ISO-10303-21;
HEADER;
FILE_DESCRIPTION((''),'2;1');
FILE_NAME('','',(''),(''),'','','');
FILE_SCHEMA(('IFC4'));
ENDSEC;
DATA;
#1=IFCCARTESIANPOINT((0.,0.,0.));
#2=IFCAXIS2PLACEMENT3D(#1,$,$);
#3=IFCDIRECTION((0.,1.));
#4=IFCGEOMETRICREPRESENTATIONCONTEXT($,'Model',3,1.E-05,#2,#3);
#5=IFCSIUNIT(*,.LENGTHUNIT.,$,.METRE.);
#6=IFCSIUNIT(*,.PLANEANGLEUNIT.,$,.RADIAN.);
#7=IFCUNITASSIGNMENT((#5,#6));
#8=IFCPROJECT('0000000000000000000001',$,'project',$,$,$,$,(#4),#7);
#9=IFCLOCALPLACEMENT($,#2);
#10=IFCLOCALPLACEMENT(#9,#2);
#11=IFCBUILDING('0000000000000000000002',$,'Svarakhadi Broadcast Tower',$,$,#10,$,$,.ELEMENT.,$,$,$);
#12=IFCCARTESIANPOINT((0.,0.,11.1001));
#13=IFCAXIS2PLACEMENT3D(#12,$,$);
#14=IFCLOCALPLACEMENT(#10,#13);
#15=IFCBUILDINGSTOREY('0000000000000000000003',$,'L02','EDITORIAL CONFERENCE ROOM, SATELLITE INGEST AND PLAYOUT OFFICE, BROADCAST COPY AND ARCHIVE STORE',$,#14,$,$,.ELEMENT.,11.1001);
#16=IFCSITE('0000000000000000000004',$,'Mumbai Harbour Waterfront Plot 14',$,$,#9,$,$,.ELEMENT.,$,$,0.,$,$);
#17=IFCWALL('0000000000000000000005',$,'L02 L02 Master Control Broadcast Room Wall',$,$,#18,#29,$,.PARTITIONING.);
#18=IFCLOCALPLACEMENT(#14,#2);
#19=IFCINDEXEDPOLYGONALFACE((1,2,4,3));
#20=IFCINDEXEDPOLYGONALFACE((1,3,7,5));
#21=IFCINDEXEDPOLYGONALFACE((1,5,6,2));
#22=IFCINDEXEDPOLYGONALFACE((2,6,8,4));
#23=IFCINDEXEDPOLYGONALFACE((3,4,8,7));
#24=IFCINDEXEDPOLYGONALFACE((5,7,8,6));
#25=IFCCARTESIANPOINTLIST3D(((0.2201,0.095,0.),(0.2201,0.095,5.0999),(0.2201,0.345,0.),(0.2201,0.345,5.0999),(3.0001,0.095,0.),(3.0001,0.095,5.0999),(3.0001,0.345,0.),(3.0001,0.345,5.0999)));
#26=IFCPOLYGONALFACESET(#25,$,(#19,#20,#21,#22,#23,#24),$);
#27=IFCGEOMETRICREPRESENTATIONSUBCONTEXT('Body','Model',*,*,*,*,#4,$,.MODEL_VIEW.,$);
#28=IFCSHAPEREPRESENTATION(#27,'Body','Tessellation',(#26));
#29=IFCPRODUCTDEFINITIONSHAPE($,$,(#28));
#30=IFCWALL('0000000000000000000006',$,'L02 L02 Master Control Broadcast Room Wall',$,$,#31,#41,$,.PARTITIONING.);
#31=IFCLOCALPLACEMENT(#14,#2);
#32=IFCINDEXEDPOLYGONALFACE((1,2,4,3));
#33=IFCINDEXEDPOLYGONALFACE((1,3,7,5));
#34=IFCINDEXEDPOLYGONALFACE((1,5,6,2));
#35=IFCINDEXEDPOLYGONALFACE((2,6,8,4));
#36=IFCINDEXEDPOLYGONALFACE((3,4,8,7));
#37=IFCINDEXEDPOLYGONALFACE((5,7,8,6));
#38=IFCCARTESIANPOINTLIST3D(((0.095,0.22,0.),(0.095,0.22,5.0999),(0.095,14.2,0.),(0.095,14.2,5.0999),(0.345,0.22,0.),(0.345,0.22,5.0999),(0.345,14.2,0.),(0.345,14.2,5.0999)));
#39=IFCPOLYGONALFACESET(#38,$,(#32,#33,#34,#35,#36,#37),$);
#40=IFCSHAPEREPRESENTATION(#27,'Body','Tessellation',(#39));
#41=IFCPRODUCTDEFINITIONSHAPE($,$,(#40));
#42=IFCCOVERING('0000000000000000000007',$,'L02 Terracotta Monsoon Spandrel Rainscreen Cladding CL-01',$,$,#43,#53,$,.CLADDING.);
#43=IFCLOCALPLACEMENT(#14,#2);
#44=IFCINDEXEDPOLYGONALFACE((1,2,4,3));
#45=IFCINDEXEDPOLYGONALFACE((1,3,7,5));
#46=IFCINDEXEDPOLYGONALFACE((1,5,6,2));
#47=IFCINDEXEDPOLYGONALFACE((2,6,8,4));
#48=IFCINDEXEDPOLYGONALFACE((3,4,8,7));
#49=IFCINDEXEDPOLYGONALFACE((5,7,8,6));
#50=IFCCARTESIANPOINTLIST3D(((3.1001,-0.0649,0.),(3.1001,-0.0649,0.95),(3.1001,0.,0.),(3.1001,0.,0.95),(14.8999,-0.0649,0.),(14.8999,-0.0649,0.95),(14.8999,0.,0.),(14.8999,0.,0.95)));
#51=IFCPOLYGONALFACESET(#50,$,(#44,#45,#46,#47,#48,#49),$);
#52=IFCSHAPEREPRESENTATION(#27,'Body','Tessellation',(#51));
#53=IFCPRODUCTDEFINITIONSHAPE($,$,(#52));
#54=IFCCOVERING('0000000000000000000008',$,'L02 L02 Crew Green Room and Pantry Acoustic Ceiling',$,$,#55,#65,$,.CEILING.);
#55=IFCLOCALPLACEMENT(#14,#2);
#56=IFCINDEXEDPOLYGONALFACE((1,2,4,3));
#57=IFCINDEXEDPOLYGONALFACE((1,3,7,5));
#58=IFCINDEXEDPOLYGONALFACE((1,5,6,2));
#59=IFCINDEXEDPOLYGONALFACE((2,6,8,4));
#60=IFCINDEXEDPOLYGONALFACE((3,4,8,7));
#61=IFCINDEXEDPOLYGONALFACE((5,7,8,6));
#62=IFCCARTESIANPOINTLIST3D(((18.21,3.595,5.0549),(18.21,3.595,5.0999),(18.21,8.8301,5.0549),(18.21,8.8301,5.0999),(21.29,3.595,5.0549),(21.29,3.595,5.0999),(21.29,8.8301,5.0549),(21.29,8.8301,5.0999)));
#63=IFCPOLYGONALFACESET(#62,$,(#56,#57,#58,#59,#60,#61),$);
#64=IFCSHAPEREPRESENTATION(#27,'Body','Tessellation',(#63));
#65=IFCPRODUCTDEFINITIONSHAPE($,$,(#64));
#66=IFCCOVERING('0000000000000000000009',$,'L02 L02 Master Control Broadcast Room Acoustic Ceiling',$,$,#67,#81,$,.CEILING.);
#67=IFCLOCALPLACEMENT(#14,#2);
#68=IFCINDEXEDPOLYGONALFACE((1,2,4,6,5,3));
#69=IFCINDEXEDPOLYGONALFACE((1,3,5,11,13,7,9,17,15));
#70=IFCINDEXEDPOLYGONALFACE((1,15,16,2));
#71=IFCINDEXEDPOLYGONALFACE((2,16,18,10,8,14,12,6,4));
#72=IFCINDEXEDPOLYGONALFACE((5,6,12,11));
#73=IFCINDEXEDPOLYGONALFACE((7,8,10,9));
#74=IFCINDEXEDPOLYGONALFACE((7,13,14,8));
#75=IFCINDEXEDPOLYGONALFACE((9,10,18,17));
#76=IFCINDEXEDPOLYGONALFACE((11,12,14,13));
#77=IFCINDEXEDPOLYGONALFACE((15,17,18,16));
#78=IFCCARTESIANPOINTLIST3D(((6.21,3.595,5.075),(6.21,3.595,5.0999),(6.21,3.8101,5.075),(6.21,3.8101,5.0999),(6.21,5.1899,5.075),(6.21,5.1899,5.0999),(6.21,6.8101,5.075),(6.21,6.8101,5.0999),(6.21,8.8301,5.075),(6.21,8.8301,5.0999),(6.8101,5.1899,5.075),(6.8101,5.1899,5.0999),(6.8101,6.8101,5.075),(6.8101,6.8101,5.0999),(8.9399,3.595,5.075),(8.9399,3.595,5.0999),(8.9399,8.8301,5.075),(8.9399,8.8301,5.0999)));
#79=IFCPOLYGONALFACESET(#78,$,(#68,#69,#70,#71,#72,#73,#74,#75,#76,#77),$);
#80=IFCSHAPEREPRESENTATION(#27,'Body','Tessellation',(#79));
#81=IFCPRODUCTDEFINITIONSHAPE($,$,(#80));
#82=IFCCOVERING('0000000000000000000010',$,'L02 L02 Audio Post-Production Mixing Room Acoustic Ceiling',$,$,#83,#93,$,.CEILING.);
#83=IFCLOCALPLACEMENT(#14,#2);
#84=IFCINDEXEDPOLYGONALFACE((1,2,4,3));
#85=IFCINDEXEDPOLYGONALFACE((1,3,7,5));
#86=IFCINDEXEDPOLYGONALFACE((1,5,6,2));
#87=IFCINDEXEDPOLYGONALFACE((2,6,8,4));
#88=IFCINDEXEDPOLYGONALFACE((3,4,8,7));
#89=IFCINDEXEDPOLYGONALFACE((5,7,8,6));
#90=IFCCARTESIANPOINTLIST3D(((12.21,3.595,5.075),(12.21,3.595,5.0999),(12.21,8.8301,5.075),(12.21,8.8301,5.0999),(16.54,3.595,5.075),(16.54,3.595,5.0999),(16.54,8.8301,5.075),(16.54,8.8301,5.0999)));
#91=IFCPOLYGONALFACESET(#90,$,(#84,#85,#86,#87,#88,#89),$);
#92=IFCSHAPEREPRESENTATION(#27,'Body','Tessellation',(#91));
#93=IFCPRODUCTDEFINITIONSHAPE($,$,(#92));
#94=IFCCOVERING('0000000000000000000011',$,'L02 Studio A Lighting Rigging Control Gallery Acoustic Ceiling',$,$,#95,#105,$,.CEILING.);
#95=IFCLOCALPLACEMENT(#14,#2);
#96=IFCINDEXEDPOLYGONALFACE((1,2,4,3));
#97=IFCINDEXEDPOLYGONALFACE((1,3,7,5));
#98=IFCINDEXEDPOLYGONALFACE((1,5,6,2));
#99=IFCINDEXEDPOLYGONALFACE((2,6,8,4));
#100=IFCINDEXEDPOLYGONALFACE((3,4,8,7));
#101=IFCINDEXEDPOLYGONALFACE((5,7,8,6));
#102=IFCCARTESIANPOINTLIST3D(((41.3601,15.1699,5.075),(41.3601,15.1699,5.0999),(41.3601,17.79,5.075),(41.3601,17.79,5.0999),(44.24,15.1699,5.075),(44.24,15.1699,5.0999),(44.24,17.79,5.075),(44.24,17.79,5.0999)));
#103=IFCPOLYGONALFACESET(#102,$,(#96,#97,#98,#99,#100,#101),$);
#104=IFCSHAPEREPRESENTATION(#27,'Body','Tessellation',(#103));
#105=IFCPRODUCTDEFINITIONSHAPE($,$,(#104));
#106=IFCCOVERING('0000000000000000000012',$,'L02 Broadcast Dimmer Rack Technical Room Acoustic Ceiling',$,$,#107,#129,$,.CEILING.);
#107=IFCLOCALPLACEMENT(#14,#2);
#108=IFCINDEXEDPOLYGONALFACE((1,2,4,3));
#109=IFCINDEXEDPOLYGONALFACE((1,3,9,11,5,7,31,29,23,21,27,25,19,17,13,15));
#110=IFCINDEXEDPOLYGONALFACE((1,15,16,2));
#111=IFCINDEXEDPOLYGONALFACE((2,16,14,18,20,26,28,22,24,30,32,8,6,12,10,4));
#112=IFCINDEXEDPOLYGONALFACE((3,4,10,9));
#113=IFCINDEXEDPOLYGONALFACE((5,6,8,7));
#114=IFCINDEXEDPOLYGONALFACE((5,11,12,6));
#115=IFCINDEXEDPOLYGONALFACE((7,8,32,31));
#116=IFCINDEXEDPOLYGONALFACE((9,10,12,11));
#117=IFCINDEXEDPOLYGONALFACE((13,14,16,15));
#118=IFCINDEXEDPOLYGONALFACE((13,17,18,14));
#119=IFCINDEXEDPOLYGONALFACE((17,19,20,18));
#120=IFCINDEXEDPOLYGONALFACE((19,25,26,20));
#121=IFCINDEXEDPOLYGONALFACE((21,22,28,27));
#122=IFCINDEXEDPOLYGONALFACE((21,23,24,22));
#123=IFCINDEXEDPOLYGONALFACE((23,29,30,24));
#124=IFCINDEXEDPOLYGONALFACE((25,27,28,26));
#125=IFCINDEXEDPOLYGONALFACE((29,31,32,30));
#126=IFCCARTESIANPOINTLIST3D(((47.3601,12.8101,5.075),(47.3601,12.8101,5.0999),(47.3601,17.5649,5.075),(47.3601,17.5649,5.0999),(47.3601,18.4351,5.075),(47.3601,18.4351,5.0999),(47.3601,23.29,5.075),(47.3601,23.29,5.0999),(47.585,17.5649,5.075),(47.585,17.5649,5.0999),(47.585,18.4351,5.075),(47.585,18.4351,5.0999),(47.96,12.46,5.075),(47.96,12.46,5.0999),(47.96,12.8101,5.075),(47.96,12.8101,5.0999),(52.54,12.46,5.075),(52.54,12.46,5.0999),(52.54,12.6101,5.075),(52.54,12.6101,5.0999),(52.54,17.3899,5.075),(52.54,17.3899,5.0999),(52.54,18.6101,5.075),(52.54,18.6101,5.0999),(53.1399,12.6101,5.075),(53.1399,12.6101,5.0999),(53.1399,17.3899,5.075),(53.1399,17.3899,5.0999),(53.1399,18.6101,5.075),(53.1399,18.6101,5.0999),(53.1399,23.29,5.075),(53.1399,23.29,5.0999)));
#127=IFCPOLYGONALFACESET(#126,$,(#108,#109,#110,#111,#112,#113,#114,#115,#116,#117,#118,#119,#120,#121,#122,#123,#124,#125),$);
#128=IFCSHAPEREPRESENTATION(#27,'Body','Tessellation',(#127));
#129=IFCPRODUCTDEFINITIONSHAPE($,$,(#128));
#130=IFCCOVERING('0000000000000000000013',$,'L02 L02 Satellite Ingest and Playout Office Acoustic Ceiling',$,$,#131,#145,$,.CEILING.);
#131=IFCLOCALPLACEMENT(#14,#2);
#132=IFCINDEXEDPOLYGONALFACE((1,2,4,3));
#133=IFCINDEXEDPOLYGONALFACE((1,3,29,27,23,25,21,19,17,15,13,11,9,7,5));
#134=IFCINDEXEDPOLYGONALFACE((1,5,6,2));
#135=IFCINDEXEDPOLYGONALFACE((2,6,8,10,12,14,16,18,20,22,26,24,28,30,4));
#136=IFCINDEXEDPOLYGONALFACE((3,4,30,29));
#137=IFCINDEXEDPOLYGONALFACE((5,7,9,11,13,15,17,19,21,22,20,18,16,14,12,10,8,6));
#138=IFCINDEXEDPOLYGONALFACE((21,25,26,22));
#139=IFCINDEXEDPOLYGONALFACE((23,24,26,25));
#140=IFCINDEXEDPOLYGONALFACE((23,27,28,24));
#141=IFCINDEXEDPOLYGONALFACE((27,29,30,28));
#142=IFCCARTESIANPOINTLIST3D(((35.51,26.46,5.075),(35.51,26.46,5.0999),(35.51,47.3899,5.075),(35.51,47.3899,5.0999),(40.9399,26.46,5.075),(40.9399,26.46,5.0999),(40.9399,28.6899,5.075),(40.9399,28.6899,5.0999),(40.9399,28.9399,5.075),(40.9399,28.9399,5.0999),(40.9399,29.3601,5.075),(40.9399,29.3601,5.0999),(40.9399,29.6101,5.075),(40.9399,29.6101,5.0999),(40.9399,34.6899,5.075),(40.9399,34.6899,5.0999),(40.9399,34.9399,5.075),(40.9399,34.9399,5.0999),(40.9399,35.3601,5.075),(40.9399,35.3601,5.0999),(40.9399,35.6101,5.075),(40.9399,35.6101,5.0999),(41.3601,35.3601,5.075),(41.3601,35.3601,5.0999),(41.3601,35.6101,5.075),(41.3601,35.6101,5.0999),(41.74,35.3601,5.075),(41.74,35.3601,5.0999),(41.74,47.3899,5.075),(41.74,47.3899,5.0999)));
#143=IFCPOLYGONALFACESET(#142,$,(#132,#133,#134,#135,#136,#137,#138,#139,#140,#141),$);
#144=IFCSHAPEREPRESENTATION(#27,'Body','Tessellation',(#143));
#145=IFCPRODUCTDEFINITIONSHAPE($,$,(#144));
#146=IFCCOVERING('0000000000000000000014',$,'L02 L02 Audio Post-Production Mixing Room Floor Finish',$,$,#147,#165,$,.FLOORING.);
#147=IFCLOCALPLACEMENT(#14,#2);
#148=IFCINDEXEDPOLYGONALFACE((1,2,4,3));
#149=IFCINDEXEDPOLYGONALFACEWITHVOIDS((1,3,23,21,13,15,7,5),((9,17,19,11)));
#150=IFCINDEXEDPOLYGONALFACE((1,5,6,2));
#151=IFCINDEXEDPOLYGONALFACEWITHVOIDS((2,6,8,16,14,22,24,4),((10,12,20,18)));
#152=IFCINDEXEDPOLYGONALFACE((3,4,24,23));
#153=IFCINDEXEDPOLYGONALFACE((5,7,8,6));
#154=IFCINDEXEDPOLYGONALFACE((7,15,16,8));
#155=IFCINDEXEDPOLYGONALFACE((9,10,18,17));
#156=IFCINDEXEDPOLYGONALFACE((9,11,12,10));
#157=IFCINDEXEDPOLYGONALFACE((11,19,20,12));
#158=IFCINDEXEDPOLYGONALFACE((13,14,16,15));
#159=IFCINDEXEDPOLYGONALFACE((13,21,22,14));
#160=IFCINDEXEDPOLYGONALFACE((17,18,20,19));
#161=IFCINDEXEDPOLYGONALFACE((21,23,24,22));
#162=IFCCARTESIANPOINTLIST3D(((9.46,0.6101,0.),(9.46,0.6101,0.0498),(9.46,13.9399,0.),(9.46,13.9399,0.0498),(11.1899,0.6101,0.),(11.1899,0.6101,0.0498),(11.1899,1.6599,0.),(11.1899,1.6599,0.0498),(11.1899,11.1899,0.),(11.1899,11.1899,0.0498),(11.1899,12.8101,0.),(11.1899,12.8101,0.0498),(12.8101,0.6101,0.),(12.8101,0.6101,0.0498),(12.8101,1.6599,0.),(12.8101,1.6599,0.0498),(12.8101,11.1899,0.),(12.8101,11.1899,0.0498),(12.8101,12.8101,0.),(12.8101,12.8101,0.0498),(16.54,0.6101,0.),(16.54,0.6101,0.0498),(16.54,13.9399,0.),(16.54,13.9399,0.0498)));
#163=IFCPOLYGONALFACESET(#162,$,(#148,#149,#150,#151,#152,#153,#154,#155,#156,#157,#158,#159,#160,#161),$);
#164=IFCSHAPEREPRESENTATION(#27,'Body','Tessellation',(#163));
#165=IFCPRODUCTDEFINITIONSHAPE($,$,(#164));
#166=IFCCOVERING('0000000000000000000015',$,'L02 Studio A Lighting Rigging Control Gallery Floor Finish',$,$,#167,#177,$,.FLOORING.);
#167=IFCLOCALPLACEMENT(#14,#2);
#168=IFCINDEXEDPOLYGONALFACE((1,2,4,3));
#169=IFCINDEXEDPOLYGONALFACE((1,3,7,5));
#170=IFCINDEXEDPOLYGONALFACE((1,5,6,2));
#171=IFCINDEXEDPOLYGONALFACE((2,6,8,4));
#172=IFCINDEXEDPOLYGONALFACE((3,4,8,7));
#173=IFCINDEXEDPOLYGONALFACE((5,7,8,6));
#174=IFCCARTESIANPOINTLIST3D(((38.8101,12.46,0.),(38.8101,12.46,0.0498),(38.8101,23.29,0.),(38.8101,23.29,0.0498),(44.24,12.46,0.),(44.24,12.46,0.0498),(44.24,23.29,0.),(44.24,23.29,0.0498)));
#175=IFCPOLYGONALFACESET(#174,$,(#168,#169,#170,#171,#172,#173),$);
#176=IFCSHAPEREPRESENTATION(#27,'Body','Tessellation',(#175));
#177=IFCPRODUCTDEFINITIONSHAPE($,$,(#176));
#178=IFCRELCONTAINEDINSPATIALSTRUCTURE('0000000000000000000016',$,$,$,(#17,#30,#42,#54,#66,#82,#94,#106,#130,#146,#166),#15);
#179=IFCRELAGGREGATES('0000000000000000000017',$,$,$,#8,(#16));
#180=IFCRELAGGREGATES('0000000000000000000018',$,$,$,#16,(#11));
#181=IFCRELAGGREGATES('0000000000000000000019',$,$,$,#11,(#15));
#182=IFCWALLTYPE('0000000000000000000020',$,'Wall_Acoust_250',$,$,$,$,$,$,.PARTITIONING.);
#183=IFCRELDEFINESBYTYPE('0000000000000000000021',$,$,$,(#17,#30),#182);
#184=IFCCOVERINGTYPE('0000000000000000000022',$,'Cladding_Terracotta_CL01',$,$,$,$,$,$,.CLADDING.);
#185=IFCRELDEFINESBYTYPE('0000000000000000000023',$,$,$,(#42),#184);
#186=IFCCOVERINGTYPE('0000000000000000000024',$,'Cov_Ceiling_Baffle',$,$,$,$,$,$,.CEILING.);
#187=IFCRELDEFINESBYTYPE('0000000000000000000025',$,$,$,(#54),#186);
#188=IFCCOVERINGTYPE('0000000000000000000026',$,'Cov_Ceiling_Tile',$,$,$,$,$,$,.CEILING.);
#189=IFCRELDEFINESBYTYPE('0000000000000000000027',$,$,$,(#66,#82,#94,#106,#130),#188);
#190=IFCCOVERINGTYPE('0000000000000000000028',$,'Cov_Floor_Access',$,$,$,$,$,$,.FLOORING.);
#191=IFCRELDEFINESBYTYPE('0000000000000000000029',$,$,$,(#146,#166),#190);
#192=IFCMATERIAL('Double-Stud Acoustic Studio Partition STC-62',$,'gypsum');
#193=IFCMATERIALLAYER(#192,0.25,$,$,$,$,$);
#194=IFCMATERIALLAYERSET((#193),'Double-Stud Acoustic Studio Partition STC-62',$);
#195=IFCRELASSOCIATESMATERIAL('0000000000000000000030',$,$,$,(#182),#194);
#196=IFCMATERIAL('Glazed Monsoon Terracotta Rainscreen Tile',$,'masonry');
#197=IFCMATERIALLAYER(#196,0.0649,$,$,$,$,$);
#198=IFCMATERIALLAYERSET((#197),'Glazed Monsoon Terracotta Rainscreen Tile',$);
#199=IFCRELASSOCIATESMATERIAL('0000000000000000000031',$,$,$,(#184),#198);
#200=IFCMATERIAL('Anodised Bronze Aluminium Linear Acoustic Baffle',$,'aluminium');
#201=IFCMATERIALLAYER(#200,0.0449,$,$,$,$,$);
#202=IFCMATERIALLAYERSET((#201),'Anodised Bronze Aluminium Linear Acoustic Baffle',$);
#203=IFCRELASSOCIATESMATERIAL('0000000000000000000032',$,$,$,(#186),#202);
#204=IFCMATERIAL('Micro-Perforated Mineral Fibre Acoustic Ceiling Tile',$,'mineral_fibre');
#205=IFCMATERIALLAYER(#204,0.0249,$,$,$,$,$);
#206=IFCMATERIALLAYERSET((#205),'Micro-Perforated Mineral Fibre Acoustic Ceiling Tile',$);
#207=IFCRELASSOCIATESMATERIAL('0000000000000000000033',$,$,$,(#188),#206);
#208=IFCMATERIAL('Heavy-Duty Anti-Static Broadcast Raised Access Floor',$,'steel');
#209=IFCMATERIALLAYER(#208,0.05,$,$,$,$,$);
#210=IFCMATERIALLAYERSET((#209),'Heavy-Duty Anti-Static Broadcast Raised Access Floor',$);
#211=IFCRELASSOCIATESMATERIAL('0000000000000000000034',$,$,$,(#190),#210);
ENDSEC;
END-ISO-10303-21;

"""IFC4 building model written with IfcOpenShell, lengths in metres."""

from ifc_helpers import new_model, si_unit, direction, frame, frame_2d, origin, place, context, subcontext, project, spatial, polyline, rectangle, outline, extrude, material, layer, layer_set, type_object, element, save


model = new_model("IFC4")

# Units and contexts
model_context = context("Model", 3, precision=1e-05, world=origin(), true_north=direction((0.0, 1.0)))
body_context = subcontext(model_context, "Body", "Model", "MODEL_VIEW")
ifc_project = project(units=[si_unit("LENGTHUNIT", "METRE"), si_unit("PLANEANGLEUNIT", "RADIAN")], contexts=[model_context])

# Site, building, storey
site_placement = place(None, origin())
site = spatial("IfcSite", under=ifc_project, at=site_placement, Name="Mumbai Harbour Waterfront Plot 14", CompositionType="ELEMENT", RefElevation=0.0)
building_placement = place(site_placement, origin())
building = spatial("IfcBuilding", under=site, at=building_placement, Name="Svarakhadi Broadcast Tower", CompositionType="ELEMENT")
storey_placement = place(building_placement, frame((0.0, 0.0, 11.1001)))
storey = spatial("IfcBuildingStorey", under=building, at=storey_placement, Name="L02", Description="EDITORIAL CONFERENCE ROOM, SATELLITE INGEST AND PLAYOUT OFFICE, BROADCAST COPY AND ARCHIVE STORE", CompositionType="ELEMENT", Elevation=11.1001)

# Walls
ifc_material_1 = material(Name="Double-Stud Acoustic Studio Partition STC-62", Category="gypsum")
ifc_layer_1 = layer(ifc_material_1, 0.25)
ifc_layer_set_1 = layer_set([ifc_layer_1], Name="Double-Stud Acoustic Studio Partition STC-62")
wall_type = type_object("IfcWallType", Name="Wall_Acoust_250", PredefinedType="PARTITIONING", material=ifc_layer_set_1)
wall_1_placement = place(storey_placement, frame((0.22, 0.22, 0.0), z_axis=(0.0, 0.0, 1.0), x_axis=(1.0, 0.0, 0.0)))
element("IfcWall", 1, at=wall_1_placement, inside=storey, type_object=wall_type, Name="L02 L02 Master Control Broadcast Room Wall", PredefinedType="PARTITIONING", context=body_context, shape_type="SweptSolid", body=[
    extrude(rectangle(XDim=2.78, YDim=0.25, at=frame_2d((1.3901, 0.0))), origin(), (0.0, 0.0, 1.0), 5.0999),
])
wall_2_placement = place(storey_placement, frame((0.22, 0.22, 0.0), z_axis=(0.0, 0.0, 1.0), x_axis=(0.0, 1.0, 0.0)))
element("IfcWall", 2, at=wall_2_placement, inside=storey, type_object=wall_type, Name="L02 L02 Master Control Broadcast Room Wall", PredefinedType="PARTITIONING", context=body_context, shape_type="SweptSolid", body=[
    extrude(rectangle(XDim=13.98, YDim=0.25, at=frame_2d((6.99, 0.0))), origin(), (0.0, 0.0, 1.0), 5.0999),
])

# Coverings
ifc_material_2 = material(Name="Glazed Monsoon Terracotta Rainscreen Tile", Category="masonry")
ifc_layer_2 = layer(ifc_material_2, 0.0649)
ifc_layer_set_2 = layer_set([ifc_layer_2], Name="Glazed Monsoon Terracotta Rainscreen Tile")
covering_type_1 = type_object("IfcCoveringType", Name="Cladding_Terracotta_CL01", PredefinedType="CLADDING", material=ifc_layer_set_2)
covering_1_placement = place(storey_placement, origin())
element("IfcCovering", 3, at=covering_1_placement, inside=storey, type_object=covering_type_1, Name="L02 Terracotta Monsoon Spandrel Rainscreen Cladding CL-01", PredefinedType="CLADDING", context=body_context, shape_type="SweptSolid", body=[
    extrude(outline(polyline([(3.1001, -0.0649), (14.8999, -0.0649), (14.8999, 0.0), (3.1001, 0.0), (3.1001, -0.0649)])), origin(), (0.0, 0.0, 1.0), 0.95),
])
ifc_material_3 = material(Name="Anodised Bronze Aluminium Linear Acoustic Baffle", Category="aluminium")
ifc_layer_3 = layer(ifc_material_3, 0.0449)
ifc_layer_set_3 = layer_set([ifc_layer_3], Name="Anodised Bronze Aluminium Linear Acoustic Baffle")
covering_type_2 = type_object("IfcCoveringType", Name="Cov_Ceiling_Baffle", PredefinedType="CEILING", material=ifc_layer_set_3)
covering_2_placement = place(storey_placement, frame((0.0, 0.0, 5.0549)))
element("IfcCovering", 4, at=covering_2_placement, inside=storey, type_object=covering_type_2, Name="L02 L02 Crew Green Room and Pantry Acoustic Ceiling", PredefinedType="CEILING", context=body_context, shape_type="SweptSolid", body=[
    extrude(outline(polyline([(21.29, 3.595), (18.21, 3.595), (18.21, 8.8301), (21.29, 8.8301), (21.29, 3.595)])), origin(), (0.0, 0.0, 1.0), 0.0449),
])
ifc_material_4 = material(Name="Micro-Perforated Mineral Fibre Acoustic Ceiling Tile", Category="mineral_fibre")
ifc_layer_4 = layer(ifc_material_4, 0.0249)
ifc_layer_set_4 = layer_set([ifc_layer_4], Name="Micro-Perforated Mineral Fibre Acoustic Ceiling Tile")
covering_type_3 = type_object("IfcCoveringType", Name="Cov_Ceiling_Tile", PredefinedType="CEILING", material=ifc_layer_set_4)
covering_3_placement = place(storey_placement, frame((0.0, 0.0, 5.075)))
element("IfcCovering", 5, at=covering_3_placement, inside=storey, type_object=covering_type_3, Name="L02 L02 Master Control Broadcast Room Acoustic Ceiling", PredefinedType="CEILING", context=body_context, shape_type="SweptSolid", body=[
    extrude(outline(polyline([(8.9399, 3.595), (6.21, 3.595), (6.21, 3.8101), (6.21, 5.1899), (6.8101, 5.1899), (6.8101, 6.8101), (6.21, 6.8101), (6.21, 8.8301), (8.9399, 8.8301), (8.9399, 3.595)])), origin(), (0.0, 0.0, 1.0), 0.0249),
])
covering_4_placement = place(storey_placement, frame((0.0, 0.0, 5.075)))
element("IfcCovering", 6, at=covering_4_placement, inside=storey, type_object=covering_type_3, Name="L02 L02 Audio Post-Production Mixing Room Acoustic Ceiling", PredefinedType="CEILING", context=body_context, shape_type="SweptSolid", body=[
    extrude(outline(polyline([(16.54, 3.595), (12.21, 3.595), (12.21, 8.8301), (16.54, 8.8301), (16.54, 3.595)])), origin(), (0.0, 0.0, 1.0), 0.0249),
])
covering_5_placement = place(storey_placement, frame((0.0, 0.0, 5.075)))
element("IfcCovering", 7, at=covering_5_placement, inside=storey, type_object=covering_type_3, Name="L02 Studio A Lighting Rigging Control Gallery Acoustic Ceiling", PredefinedType="CEILING", context=body_context, shape_type="SweptSolid", body=[
    extrude(outline(polyline([(44.24, 15.1699), (41.3601, 15.1699), (41.3601, 17.79), (44.24, 17.79), (44.24, 15.1699)])), origin(), (0.0, 0.0, 1.0), 0.0249),
])
covering_6_placement = place(storey_placement, frame((0.0, 0.0, 5.075)))
element("IfcCovering", 8, at=covering_6_placement, inside=storey, type_object=covering_type_3, Name="L02 Broadcast Dimmer Rack Technical Room Acoustic Ceiling", PredefinedType="CEILING", context=body_context, shape_type="SweptSolid", body=[
    extrude(outline(polyline([(53.1399, 23.29), (53.1399, 18.6101), (52.54, 18.6101), (52.54, 17.3899), (53.1399, 17.3899), (53.1399, 12.6101), (52.54, 12.6101), (52.54, 12.46), (47.96, 12.46), (47.96, 12.8101), (47.3601, 12.8101), (47.3601, 17.5649), (47.585, 17.5649), (47.585, 18.4351), (47.3601, 18.4351), (47.3601, 23.29), (53.1399, 23.29)])), origin(), (0.0, 0.0, 1.0), 0.0249),
])
covering_7_placement = place(storey_placement, frame((0.0, 0.0, 5.075)))
element("IfcCovering", 9, at=covering_7_placement, inside=storey, type_object=covering_type_3, Name="L02 L02 Satellite Ingest and Playout Office Acoustic Ceiling", PredefinedType="CEILING", context=body_context, shape_type="SweptSolid", body=[
    extrude(outline(polyline([(41.74, 47.3899), (41.74, 35.3601), (41.3601, 35.3601), (41.3601, 35.6101), (40.9399, 35.6101), (40.9399, 35.3601), (40.9399, 34.9399), (40.9399, 34.6899), (40.9399, 29.6101), (40.9399, 29.3601), (40.9399, 28.9399), (40.9399, 28.6899), (40.9399, 26.46), (35.51, 26.46), (35.51, 47.3899), (41.74, 47.3899)])), origin(), (0.0, 0.0, 1.0), 0.0249),
])
ifc_material_5 = material(Name="Heavy-Duty Anti-Static Broadcast Raised Access Floor", Category="steel")
ifc_layer_5 = layer(ifc_material_5, 0.05)
ifc_layer_set_5 = layer_set([ifc_layer_5], Name="Heavy-Duty Anti-Static Broadcast Raised Access Floor")
covering_type_4 = type_object("IfcCoveringType", Name="Cov_Floor_Access", PredefinedType="FLOORING", material=ifc_layer_set_5)
covering_8_placement = place(storey_placement, origin())
element("IfcCovering", 10, at=covering_8_placement, inside=storey, type_object=covering_type_4, Name="L02 L02 Audio Post-Production Mixing Room Floor Finish", PredefinedType="FLOORING", context=body_context, shape_type="SweptSolid", body=[
    extrude(outline(polyline([(16.54, 13.9399), (16.54, 0.6101), (12.8101, 0.6101), (12.8101, 1.6599), (11.1899, 1.6599), (11.1899, 0.6101), (9.46, 0.6101), (9.46, 13.9399), (16.54, 13.9399)]), holes=[polyline([(11.1899, 11.1899), (12.8101, 11.1899), (12.8101, 12.8101), (11.1899, 12.8101), (11.1899, 11.1899)])]), origin(), (0.0, 0.0, 1.0), 0.0498),
])
covering_9_placement = place(storey_placement, origin())
element("IfcCovering", 11, at=covering_9_placement, inside=storey, type_object=covering_type_4, Name="L02 Studio A Lighting Rigging Control Gallery Floor Finish", PredefinedType="FLOORING", context=body_context, shape_type="SweptSolid", body=[
    extrude(outline(polyline([(44.24, 23.29), (44.24, 12.46), (38.8101, 12.46), (38.8101, 23.29), (44.24, 23.29)])), origin(), (0.0, 0.0, 1.0), 0.0498),
])

save(model, "model.ifc")
